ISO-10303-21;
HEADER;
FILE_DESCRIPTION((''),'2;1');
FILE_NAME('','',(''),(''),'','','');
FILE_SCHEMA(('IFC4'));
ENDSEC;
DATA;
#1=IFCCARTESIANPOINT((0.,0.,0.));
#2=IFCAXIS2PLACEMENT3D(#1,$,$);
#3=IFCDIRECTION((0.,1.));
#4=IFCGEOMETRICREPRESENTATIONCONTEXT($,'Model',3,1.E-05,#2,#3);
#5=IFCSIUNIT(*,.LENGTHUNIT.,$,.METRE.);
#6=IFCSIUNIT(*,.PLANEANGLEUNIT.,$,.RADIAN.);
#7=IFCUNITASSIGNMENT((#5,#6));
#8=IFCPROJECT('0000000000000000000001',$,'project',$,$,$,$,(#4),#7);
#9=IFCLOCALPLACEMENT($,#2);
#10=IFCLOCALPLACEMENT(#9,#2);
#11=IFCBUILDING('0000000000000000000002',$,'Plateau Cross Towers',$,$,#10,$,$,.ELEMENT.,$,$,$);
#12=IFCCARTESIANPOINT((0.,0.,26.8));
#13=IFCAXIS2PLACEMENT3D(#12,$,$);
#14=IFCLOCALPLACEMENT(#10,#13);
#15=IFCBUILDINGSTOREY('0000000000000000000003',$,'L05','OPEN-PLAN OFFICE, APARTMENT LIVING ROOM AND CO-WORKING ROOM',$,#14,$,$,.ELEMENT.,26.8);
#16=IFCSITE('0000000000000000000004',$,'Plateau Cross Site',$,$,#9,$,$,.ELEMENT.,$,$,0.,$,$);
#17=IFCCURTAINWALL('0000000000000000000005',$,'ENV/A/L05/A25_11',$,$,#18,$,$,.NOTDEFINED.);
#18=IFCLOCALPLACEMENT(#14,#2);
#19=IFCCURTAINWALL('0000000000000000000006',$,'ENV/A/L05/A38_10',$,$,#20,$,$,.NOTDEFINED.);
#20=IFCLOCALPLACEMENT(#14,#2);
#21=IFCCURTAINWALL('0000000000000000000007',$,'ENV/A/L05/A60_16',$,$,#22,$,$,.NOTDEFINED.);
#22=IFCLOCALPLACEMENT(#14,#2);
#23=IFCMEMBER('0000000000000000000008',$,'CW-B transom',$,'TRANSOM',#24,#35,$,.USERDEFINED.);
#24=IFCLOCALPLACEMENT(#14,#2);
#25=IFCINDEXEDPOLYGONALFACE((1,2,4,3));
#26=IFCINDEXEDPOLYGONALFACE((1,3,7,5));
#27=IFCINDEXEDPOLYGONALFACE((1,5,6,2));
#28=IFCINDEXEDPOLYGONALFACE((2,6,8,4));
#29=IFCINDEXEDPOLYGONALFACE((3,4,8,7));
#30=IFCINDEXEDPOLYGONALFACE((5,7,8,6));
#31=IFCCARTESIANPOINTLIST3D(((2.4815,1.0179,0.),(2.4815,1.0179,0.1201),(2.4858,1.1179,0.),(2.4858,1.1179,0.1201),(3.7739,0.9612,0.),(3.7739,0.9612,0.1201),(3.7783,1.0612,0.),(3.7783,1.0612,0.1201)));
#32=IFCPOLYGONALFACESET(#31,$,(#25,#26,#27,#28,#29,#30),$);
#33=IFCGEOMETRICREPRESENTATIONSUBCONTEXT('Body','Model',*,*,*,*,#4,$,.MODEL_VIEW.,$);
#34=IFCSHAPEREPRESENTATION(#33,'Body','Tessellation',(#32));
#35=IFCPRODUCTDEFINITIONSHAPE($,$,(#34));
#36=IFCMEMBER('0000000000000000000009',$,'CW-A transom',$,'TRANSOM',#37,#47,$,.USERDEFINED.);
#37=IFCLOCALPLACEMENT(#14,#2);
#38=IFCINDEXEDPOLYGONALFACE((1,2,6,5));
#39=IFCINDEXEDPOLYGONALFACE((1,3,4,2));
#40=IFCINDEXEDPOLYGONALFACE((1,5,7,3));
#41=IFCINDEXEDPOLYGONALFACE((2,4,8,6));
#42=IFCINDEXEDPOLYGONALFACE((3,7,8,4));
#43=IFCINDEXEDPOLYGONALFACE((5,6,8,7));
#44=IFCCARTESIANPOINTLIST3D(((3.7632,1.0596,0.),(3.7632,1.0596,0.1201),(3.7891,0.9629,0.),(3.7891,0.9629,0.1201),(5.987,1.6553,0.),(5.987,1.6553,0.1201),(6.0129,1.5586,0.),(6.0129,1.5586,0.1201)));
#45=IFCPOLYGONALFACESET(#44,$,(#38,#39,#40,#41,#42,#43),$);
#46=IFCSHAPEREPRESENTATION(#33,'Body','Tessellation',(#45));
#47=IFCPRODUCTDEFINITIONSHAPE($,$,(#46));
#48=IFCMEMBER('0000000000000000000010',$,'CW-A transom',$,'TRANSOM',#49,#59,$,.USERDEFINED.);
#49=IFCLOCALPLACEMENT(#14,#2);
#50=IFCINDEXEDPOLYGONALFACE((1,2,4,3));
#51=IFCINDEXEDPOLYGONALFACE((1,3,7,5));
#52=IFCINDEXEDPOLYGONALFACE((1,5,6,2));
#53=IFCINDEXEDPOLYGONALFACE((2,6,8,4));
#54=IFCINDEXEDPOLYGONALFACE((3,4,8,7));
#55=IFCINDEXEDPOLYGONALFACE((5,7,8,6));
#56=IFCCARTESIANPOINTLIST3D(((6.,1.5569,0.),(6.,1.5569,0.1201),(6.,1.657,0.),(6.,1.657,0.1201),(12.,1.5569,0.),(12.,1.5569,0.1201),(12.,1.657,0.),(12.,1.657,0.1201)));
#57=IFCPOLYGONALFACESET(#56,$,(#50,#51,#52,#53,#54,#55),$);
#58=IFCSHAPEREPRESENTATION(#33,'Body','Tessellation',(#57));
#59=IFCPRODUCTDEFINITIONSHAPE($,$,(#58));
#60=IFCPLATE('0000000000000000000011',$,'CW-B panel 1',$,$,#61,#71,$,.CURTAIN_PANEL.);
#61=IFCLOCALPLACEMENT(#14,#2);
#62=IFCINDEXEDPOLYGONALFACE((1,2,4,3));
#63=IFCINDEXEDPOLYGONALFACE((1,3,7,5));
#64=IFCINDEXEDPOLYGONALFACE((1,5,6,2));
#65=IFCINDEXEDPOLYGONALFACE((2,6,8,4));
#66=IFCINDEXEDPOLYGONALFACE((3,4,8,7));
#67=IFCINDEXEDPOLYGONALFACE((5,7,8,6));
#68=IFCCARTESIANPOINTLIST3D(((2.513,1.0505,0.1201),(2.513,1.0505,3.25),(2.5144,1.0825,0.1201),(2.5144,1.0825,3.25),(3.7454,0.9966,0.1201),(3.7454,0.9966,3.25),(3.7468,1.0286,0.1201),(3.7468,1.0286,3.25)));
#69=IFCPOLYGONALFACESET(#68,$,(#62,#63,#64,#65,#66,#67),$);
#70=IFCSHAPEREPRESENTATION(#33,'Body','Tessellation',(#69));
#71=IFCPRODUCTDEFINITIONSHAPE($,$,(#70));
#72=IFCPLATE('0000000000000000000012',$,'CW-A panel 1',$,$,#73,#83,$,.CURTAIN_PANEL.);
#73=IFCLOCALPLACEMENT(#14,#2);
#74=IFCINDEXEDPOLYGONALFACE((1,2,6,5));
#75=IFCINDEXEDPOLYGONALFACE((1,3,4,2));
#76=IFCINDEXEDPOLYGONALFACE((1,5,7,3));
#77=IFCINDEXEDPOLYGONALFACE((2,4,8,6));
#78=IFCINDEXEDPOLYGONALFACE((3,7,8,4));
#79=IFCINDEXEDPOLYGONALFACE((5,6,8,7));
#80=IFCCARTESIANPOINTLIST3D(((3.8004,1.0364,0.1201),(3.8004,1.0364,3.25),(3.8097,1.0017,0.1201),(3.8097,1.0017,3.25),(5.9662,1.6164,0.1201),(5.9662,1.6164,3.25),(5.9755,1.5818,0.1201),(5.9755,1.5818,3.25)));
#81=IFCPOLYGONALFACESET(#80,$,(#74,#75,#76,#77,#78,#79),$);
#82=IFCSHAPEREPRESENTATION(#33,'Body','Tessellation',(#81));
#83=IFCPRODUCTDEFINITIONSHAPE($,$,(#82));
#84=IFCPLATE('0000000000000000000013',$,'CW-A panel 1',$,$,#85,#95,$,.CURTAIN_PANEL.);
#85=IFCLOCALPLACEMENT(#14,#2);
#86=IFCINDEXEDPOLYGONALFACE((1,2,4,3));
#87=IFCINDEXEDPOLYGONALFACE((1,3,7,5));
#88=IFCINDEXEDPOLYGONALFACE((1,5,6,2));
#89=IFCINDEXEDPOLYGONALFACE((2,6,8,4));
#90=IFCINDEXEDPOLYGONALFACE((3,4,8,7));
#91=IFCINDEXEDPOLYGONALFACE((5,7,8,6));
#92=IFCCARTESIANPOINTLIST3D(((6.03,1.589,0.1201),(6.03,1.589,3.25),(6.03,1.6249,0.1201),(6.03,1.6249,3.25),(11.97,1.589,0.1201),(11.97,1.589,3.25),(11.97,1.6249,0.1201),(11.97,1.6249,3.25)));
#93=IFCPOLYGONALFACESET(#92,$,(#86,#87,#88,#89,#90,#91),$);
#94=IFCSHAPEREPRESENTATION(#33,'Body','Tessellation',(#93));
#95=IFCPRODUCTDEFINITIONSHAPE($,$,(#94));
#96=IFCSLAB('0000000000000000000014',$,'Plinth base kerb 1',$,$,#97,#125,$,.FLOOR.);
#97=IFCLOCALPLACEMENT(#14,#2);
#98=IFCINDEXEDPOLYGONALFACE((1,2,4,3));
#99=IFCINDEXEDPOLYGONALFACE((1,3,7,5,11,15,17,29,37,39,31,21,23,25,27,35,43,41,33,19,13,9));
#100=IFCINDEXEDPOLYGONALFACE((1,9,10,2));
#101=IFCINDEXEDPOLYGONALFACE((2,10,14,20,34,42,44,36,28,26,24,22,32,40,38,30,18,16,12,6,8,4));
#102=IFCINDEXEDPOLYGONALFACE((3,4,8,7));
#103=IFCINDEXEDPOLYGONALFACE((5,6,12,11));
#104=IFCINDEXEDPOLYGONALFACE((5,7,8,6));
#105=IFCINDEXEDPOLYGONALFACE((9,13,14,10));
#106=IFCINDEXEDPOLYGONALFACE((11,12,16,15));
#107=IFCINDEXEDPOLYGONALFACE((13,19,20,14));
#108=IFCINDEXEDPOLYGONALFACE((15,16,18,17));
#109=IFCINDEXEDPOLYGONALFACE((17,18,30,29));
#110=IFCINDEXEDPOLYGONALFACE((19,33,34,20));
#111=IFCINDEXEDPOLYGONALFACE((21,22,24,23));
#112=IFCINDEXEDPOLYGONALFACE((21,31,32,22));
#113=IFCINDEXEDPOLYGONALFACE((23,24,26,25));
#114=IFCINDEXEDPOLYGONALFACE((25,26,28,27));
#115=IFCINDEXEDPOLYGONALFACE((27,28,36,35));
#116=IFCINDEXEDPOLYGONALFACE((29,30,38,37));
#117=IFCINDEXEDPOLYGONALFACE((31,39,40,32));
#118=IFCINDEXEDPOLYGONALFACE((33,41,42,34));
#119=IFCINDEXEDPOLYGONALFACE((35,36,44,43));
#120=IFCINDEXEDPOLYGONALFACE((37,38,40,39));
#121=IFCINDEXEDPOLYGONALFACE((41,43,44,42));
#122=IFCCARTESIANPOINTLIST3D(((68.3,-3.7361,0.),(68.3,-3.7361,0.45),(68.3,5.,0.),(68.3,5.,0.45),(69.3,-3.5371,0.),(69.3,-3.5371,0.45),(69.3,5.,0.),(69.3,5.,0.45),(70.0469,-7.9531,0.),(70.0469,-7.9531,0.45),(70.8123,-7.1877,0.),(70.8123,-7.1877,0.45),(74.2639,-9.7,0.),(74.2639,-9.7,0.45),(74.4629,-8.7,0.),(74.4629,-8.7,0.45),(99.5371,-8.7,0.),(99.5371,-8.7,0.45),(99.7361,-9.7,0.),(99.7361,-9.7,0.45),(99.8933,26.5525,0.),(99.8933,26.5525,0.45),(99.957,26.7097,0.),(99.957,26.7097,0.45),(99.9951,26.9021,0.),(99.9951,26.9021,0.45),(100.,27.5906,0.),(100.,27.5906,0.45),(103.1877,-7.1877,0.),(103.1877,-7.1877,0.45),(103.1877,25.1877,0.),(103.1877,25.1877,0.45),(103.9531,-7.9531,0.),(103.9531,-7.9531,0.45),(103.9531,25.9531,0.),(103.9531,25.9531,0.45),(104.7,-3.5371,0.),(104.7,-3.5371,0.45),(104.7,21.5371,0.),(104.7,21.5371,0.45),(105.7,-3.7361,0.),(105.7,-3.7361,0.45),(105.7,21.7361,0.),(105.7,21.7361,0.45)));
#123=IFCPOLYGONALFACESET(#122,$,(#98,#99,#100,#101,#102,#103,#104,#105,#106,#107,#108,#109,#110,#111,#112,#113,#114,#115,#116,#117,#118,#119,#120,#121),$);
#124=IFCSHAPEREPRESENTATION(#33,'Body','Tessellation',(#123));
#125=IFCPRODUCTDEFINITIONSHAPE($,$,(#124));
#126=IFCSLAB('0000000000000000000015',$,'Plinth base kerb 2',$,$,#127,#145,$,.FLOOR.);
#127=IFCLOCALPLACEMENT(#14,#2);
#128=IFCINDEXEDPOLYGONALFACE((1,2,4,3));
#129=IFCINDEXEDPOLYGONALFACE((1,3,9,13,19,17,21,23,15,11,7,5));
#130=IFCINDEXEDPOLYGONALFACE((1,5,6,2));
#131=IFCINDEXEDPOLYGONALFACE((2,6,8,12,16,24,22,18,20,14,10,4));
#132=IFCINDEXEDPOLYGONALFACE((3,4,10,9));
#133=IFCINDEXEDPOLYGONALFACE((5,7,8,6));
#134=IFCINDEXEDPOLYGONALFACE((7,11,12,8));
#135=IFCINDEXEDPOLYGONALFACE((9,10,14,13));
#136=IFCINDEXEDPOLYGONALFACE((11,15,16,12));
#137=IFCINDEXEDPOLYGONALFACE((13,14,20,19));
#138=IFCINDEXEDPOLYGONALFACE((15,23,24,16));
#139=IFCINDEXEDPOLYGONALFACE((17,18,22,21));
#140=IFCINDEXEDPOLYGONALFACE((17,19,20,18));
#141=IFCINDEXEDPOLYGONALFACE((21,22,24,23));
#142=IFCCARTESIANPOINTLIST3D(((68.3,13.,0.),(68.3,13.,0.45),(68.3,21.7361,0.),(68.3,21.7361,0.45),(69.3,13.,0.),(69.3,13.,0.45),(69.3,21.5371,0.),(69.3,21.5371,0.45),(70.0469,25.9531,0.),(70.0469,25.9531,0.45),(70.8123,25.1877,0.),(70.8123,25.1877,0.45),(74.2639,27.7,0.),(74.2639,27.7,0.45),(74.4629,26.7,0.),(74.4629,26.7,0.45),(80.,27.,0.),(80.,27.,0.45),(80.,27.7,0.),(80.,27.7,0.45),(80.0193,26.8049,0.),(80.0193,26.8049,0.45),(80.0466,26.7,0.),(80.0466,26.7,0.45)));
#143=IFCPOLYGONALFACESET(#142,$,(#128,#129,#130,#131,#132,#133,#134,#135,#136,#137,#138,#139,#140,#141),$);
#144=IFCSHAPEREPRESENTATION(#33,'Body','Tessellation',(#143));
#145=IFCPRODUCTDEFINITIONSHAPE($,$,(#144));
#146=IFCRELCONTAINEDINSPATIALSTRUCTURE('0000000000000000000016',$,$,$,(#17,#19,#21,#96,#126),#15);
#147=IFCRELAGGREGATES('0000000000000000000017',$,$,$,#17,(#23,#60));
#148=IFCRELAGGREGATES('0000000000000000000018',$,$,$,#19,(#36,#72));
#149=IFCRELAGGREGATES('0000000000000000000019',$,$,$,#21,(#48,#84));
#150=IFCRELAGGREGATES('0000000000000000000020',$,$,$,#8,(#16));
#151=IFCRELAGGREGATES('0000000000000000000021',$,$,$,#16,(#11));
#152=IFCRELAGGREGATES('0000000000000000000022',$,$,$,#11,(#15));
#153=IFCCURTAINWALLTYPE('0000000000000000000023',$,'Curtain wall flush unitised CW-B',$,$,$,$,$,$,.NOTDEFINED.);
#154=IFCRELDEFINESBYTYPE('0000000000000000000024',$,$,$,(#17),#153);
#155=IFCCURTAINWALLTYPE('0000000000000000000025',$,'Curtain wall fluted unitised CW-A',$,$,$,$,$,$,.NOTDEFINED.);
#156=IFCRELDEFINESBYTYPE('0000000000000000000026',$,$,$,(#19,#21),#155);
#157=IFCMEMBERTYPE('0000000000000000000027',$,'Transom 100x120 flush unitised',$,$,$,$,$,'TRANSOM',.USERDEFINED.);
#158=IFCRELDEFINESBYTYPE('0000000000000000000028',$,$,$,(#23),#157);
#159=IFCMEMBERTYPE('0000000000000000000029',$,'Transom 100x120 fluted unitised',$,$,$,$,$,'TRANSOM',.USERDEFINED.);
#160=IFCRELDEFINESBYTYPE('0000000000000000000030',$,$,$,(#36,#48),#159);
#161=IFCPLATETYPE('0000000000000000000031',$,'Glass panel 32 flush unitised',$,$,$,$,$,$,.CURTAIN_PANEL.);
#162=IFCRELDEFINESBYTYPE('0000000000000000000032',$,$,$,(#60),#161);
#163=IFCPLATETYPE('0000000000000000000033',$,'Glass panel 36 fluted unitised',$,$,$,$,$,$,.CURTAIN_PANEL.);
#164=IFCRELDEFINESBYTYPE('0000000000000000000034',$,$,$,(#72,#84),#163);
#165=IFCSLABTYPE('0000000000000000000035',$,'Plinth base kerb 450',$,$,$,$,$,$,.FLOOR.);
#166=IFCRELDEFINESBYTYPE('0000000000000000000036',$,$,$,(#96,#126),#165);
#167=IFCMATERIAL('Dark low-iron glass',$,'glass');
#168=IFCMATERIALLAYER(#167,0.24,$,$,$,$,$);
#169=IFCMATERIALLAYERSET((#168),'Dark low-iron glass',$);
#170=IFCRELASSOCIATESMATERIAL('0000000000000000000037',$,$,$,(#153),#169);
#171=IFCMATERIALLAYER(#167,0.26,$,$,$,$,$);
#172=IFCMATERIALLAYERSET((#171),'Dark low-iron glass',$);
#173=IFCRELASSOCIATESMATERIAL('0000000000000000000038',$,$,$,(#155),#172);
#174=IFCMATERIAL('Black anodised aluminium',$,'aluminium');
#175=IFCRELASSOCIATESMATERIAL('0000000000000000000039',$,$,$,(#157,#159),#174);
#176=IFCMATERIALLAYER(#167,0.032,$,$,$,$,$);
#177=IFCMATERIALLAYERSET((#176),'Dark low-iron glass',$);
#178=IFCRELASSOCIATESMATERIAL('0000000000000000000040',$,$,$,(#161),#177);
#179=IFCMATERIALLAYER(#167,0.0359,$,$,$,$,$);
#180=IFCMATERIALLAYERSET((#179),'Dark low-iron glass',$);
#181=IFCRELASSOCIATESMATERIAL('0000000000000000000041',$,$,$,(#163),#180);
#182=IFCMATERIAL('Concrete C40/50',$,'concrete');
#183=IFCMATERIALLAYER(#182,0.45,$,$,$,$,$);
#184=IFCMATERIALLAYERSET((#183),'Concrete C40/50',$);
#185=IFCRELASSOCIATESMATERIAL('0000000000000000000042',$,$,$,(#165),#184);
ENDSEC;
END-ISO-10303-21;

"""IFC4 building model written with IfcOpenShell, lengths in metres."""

from ifc_helpers import new_model, si_unit, direction, frame, origin, origin_2d, place, context, subcontext, project, spatial, polyline, rectangle, outline, extrude, material, layer, layer_set, material_profile, profile_set, type_object, element, aggregate, save


model = new_model("IFC4")

# Units and contexts
model_context = context("Model", 3, precision=1e-05, world=origin(), true_north=direction((0.0, 1.0)))
body_context = subcontext(model_context, "Body", "Model", "MODEL_VIEW")
ifc_project = project(units=[si_unit("LENGTHUNIT", "METRE"), si_unit("PLANEANGLEUNIT", "RADIAN")], contexts=[model_context])

# Site, building, storey
site_placement = place(None, origin())
site = spatial("IfcSite", under=ifc_project, at=site_placement, Name="Plateau Cross Site", CompositionType="ELEMENT", RefElevation=0.0)
building_placement = place(site_placement, origin())
building = spatial("IfcBuilding", under=site, at=building_placement, Name="Plateau Cross Towers", CompositionType="ELEMENT")
storey_placement = place(building_placement, frame((0.0, 0.0, 26.8)))
storey = spatial("IfcBuildingStorey", under=building, at=storey_placement, Name="L05", Description="OPEN-PLAN OFFICE, APARTMENT LIVING ROOM AND CO-WORKING ROOM", CompositionType="ELEMENT", Elevation=26.8)

# Curtain walls
ifc_material_1 = material(Name="Dark low-iron glass", Category="glass")
ifc_layer_1 = layer(ifc_material_1, 0.24)
ifc_layer_set_1 = layer_set([ifc_layer_1], Name="Dark low-iron glass")
curtain_wall_type_1 = type_object("IfcCurtainWallType", Name="Curtain wall flush unitised CW-B", PredefinedType="NOTDEFINED", material=ifc_layer_set_1)
ifc_material_2 = material(Name="Black anodised aluminium", Category="aluminium")
curtain_wall_1_placement = place(storey_placement, origin())
curtain_wall_1 = element("IfcCurtainWall", 1, at=curtain_wall_1_placement, inside=storey, type_object=curtain_wall_type_1, Name="ENV/A/L05/A25_11", PredefinedType="NOTDEFINED")
ifc_layer_2 = layer(ifc_material_1, 0.26)
ifc_layer_set_2 = layer_set([ifc_layer_2], Name="Dark low-iron glass")
curtain_wall_type_2 = type_object("IfcCurtainWallType", Name="Curtain wall fluted unitised CW-A", PredefinedType="NOTDEFINED", material=ifc_layer_set_2)
curtain_wall_2_placement = place(storey_placement, origin())
curtain_wall_2 = element("IfcCurtainWall", 2, at=curtain_wall_2_placement, inside=storey, type_object=curtain_wall_type_2, Name="ENV/A/L05/A38_10", PredefinedType="NOTDEFINED")
curtain_wall_3_placement = place(storey_placement, origin())
curtain_wall_3 = element("IfcCurtainWall", 3, at=curtain_wall_3_placement, inside=storey, type_object=curtain_wall_type_2, Name="ENV/A/L05/A60_16", PredefinedType="NOTDEFINED")

# Members
ifc_material_profile_1 = material_profile(ifc_material_2, rectangle(XDim=0.1001, YDim=0.1201, at=origin_2d()), Name="TRANSOM 100x120")
ifc_profile_set_1 = profile_set([ifc_material_profile_1], Name="Black anodised aluminium")
member_type_1 = type_object("IfcMemberType", Name="Transom 100x120 flush unitised", ElementType="TRANSOM", PredefinedType="USERDEFINED", material=ifc_profile_set_1)
member_1_placement = place(storey_placement, frame((2.4836, 1.0679, 0.0601), z_axis=(0.999041, -0.043781, 0.0), x_axis=(0.043781, 0.999041, 0.0)))
member_1 = element("IfcMember", 4, at=member_1_placement, type_object=member_type_1, Name="CW-B transom", ObjectType="TRANSOM", PredefinedType="USERDEFINED", context=body_context, shape_type="SweptSolid", body=[
    extrude(rectangle(XDim=0.1001, YDim=0.1201, at=origin_2d()), origin(), (0.0, 0.0, 1.0), 1.2937),
])
ifc_material_profile_2 = material_profile(ifc_material_2, rectangle(XDim=0.1001, YDim=0.1201, at=origin_2d()), Name="TRANSOM 100x120")
ifc_profile_set_2 = profile_set([ifc_material_profile_2], Name="Black anodised aluminium")
member_type_2 = type_object("IfcMemberType", Name="Transom 100x120 fluted unitised", ElementType="TRANSOM", PredefinedType="USERDEFINED", material=ifc_profile_set_2)
member_2_placement = place(storey_placement, frame((3.7761, 1.0112, 0.0601), z_axis=(0.965946, 0.258745, 0.0), x_axis=(-0.258745, 0.965946, 0.0)))
member_2 = element("IfcMember", 5, at=member_2_placement, type_object=member_type_2, Name="CW-A transom", ObjectType="TRANSOM", PredefinedType="USERDEFINED", context=body_context, shape_type="SweptSolid", body=[
    extrude(rectangle(XDim=0.1001, YDim=0.1201, at=origin_2d()), origin(), (0.0, 0.0, 1.0), 2.3022),
])
member_3_placement = place(storey_placement, frame((6.0, 1.6069, 0.0601), z_axis=(1.0, 0.0, 0.0), x_axis=(0.0, 1.0, 0.0)))
member_3 = element("IfcMember", 6, at=member_3_placement, type_object=member_type_2, Name="CW-A transom", ObjectType="TRANSOM", PredefinedType="USERDEFINED", context=body_context, shape_type="SweptSolid", body=[
    extrude(rectangle(XDim=0.1001, YDim=0.1201, at=origin_2d()), origin(), (0.0, 0.0, 1.0), 6.0),
])

# Plates
ifc_layer_3 = layer(ifc_material_1, 0.032)
ifc_layer_set_3 = layer_set([ifc_layer_3], Name="Dark low-iron glass")
plate_type_1 = type_object("IfcPlateType", Name="Glass panel 32 flush unitised", PredefinedType="CURTAIN_PANEL", material=ifc_layer_set_3)
plate_1_placement = place(storey_placement, frame((3.1299, 1.0396, 0.1201), z_axis=(0.0, 0.0, 1.0), x_axis=(0.999044, -0.043723, 0.0)))
plate_1 = element("IfcPlate", 7, at=plate_1_placement, type_object=plate_type_1, Name="CW-B panel 1", PredefinedType="CURTAIN_PANEL", context=body_context, shape_type="SweptSolid", body=[
    extrude(rectangle(XDim=1.2336, YDim=0.032, at=origin_2d()), origin(), (0.0, 0.0, 1.0), 3.1299),
])
aggregate(curtain_wall_1, [member_1, plate_1])
ifc_layer_4 = layer(ifc_material_1, 0.0359)
ifc_layer_set_4 = layer_set([ifc_layer_4], Name="Dark low-iron glass")
plate_type_2 = type_object("IfcPlateType", Name="Glass panel 36 fluted unitised", PredefinedType="CURTAIN_PANEL", material=ifc_layer_set_4)
plate_2_placement = place(storey_placement, frame((4.8879, 1.3091, 0.1201), z_axis=(0.0, 0.0, 1.0), x_axis=(0.965958, 0.258699, 0.0)))
plate_2 = element("IfcPlate", 8, at=plate_2_placement, type_object=plate_type_2, Name="CW-A panel 1", PredefinedType="CURTAIN_PANEL", context=body_context, shape_type="SweptSolid", body=[
    extrude(rectangle(XDim=2.2422, YDim=0.0359, at=origin_2d()), origin(), (0.0, 0.0, 1.0), 3.1299),
])
aggregate(curtain_wall_2, [member_2, plate_2])
plate_3_placement = place(storey_placement, frame((9.0, 1.6069, 0.1201), z_axis=(0.0, 0.0, 1.0), x_axis=(1.0, 0.0, 0.0)))
plate_3 = element("IfcPlate", 9, at=plate_3_placement, type_object=plate_type_2, Name="CW-A panel 1", PredefinedType="CURTAIN_PANEL", context=body_context, shape_type="SweptSolid", body=[
    extrude(rectangle(XDim=5.9399, YDim=0.0359, at=origin_2d()), origin(), (0.0, 0.0, 1.0), 3.1299),
])
aggregate(curtain_wall_3, [member_3, plate_3])

# Slabs
ifc_material_3 = material(Name="Concrete C40/50", Category="concrete")
ifc_layer_5 = layer(ifc_material_3, 0.45)
ifc_layer_set_5 = layer_set([ifc_layer_5], Name="Concrete C40/50")
slab_type_1 = type_object("IfcSlabType", Name="Plinth base kerb 450", PredefinedType="FLOOR", material=ifc_layer_set_5)
slab_1_placement = place(storey_placement, origin())
element("IfcSlab", 10, at=slab_1_placement, inside=storey, type_object=slab_type_1, Name="Plinth base kerb 1", PredefinedType="FLOOR", context=body_context, shape_type="SweptSolid", body=[
    extrude(outline(polyline([(68.3, 5.0), (69.3, 5.0), (69.3, -3.5371), (70.8123, -7.1877), (74.4629, -8.7), (99.5371, -8.7), (103.1877, -7.1877), (104.7, -3.5371), (104.7, 21.5371), (103.1877, 25.1877), (99.8933, 26.5525), (99.957, 26.7097), (99.9951, 26.9021), (100.0, 27.5906), (103.9531, 25.9531), (105.7, 21.7361), (105.7, -3.7361), (103.9531, -7.9531), (99.7361, -9.7), (74.2639, -9.7), (70.0469, -7.9531), (68.3, -3.7361), (68.3, 5.0)])), origin(), (0.0, 0.0, 1.0), 0.45),
])
slab_2_placement = place(storey_placement, origin())
element("IfcSlab", 11, at=slab_2_placement, inside=storey, type_object=slab_type_1, Name="Plinth base kerb 2", PredefinedType="FLOOR", context=body_context, shape_type="SweptSolid", body=[
    extrude(outline(polyline([(68.3, 21.7361), (70.0469, 25.9531), (74.2639, 27.7), (80.0, 27.7), (80.0, 27.0), (80.0193, 26.8049), (80.0466, 26.7), (74.4629, 26.7), (70.8123, 25.1877), (69.3, 21.5371), (69.3, 13.0), (68.3, 13.0), (68.3, 21.7361)])), origin(), (0.0, 0.0, 1.0), 0.45),
])

save(model, "model.ifc")
